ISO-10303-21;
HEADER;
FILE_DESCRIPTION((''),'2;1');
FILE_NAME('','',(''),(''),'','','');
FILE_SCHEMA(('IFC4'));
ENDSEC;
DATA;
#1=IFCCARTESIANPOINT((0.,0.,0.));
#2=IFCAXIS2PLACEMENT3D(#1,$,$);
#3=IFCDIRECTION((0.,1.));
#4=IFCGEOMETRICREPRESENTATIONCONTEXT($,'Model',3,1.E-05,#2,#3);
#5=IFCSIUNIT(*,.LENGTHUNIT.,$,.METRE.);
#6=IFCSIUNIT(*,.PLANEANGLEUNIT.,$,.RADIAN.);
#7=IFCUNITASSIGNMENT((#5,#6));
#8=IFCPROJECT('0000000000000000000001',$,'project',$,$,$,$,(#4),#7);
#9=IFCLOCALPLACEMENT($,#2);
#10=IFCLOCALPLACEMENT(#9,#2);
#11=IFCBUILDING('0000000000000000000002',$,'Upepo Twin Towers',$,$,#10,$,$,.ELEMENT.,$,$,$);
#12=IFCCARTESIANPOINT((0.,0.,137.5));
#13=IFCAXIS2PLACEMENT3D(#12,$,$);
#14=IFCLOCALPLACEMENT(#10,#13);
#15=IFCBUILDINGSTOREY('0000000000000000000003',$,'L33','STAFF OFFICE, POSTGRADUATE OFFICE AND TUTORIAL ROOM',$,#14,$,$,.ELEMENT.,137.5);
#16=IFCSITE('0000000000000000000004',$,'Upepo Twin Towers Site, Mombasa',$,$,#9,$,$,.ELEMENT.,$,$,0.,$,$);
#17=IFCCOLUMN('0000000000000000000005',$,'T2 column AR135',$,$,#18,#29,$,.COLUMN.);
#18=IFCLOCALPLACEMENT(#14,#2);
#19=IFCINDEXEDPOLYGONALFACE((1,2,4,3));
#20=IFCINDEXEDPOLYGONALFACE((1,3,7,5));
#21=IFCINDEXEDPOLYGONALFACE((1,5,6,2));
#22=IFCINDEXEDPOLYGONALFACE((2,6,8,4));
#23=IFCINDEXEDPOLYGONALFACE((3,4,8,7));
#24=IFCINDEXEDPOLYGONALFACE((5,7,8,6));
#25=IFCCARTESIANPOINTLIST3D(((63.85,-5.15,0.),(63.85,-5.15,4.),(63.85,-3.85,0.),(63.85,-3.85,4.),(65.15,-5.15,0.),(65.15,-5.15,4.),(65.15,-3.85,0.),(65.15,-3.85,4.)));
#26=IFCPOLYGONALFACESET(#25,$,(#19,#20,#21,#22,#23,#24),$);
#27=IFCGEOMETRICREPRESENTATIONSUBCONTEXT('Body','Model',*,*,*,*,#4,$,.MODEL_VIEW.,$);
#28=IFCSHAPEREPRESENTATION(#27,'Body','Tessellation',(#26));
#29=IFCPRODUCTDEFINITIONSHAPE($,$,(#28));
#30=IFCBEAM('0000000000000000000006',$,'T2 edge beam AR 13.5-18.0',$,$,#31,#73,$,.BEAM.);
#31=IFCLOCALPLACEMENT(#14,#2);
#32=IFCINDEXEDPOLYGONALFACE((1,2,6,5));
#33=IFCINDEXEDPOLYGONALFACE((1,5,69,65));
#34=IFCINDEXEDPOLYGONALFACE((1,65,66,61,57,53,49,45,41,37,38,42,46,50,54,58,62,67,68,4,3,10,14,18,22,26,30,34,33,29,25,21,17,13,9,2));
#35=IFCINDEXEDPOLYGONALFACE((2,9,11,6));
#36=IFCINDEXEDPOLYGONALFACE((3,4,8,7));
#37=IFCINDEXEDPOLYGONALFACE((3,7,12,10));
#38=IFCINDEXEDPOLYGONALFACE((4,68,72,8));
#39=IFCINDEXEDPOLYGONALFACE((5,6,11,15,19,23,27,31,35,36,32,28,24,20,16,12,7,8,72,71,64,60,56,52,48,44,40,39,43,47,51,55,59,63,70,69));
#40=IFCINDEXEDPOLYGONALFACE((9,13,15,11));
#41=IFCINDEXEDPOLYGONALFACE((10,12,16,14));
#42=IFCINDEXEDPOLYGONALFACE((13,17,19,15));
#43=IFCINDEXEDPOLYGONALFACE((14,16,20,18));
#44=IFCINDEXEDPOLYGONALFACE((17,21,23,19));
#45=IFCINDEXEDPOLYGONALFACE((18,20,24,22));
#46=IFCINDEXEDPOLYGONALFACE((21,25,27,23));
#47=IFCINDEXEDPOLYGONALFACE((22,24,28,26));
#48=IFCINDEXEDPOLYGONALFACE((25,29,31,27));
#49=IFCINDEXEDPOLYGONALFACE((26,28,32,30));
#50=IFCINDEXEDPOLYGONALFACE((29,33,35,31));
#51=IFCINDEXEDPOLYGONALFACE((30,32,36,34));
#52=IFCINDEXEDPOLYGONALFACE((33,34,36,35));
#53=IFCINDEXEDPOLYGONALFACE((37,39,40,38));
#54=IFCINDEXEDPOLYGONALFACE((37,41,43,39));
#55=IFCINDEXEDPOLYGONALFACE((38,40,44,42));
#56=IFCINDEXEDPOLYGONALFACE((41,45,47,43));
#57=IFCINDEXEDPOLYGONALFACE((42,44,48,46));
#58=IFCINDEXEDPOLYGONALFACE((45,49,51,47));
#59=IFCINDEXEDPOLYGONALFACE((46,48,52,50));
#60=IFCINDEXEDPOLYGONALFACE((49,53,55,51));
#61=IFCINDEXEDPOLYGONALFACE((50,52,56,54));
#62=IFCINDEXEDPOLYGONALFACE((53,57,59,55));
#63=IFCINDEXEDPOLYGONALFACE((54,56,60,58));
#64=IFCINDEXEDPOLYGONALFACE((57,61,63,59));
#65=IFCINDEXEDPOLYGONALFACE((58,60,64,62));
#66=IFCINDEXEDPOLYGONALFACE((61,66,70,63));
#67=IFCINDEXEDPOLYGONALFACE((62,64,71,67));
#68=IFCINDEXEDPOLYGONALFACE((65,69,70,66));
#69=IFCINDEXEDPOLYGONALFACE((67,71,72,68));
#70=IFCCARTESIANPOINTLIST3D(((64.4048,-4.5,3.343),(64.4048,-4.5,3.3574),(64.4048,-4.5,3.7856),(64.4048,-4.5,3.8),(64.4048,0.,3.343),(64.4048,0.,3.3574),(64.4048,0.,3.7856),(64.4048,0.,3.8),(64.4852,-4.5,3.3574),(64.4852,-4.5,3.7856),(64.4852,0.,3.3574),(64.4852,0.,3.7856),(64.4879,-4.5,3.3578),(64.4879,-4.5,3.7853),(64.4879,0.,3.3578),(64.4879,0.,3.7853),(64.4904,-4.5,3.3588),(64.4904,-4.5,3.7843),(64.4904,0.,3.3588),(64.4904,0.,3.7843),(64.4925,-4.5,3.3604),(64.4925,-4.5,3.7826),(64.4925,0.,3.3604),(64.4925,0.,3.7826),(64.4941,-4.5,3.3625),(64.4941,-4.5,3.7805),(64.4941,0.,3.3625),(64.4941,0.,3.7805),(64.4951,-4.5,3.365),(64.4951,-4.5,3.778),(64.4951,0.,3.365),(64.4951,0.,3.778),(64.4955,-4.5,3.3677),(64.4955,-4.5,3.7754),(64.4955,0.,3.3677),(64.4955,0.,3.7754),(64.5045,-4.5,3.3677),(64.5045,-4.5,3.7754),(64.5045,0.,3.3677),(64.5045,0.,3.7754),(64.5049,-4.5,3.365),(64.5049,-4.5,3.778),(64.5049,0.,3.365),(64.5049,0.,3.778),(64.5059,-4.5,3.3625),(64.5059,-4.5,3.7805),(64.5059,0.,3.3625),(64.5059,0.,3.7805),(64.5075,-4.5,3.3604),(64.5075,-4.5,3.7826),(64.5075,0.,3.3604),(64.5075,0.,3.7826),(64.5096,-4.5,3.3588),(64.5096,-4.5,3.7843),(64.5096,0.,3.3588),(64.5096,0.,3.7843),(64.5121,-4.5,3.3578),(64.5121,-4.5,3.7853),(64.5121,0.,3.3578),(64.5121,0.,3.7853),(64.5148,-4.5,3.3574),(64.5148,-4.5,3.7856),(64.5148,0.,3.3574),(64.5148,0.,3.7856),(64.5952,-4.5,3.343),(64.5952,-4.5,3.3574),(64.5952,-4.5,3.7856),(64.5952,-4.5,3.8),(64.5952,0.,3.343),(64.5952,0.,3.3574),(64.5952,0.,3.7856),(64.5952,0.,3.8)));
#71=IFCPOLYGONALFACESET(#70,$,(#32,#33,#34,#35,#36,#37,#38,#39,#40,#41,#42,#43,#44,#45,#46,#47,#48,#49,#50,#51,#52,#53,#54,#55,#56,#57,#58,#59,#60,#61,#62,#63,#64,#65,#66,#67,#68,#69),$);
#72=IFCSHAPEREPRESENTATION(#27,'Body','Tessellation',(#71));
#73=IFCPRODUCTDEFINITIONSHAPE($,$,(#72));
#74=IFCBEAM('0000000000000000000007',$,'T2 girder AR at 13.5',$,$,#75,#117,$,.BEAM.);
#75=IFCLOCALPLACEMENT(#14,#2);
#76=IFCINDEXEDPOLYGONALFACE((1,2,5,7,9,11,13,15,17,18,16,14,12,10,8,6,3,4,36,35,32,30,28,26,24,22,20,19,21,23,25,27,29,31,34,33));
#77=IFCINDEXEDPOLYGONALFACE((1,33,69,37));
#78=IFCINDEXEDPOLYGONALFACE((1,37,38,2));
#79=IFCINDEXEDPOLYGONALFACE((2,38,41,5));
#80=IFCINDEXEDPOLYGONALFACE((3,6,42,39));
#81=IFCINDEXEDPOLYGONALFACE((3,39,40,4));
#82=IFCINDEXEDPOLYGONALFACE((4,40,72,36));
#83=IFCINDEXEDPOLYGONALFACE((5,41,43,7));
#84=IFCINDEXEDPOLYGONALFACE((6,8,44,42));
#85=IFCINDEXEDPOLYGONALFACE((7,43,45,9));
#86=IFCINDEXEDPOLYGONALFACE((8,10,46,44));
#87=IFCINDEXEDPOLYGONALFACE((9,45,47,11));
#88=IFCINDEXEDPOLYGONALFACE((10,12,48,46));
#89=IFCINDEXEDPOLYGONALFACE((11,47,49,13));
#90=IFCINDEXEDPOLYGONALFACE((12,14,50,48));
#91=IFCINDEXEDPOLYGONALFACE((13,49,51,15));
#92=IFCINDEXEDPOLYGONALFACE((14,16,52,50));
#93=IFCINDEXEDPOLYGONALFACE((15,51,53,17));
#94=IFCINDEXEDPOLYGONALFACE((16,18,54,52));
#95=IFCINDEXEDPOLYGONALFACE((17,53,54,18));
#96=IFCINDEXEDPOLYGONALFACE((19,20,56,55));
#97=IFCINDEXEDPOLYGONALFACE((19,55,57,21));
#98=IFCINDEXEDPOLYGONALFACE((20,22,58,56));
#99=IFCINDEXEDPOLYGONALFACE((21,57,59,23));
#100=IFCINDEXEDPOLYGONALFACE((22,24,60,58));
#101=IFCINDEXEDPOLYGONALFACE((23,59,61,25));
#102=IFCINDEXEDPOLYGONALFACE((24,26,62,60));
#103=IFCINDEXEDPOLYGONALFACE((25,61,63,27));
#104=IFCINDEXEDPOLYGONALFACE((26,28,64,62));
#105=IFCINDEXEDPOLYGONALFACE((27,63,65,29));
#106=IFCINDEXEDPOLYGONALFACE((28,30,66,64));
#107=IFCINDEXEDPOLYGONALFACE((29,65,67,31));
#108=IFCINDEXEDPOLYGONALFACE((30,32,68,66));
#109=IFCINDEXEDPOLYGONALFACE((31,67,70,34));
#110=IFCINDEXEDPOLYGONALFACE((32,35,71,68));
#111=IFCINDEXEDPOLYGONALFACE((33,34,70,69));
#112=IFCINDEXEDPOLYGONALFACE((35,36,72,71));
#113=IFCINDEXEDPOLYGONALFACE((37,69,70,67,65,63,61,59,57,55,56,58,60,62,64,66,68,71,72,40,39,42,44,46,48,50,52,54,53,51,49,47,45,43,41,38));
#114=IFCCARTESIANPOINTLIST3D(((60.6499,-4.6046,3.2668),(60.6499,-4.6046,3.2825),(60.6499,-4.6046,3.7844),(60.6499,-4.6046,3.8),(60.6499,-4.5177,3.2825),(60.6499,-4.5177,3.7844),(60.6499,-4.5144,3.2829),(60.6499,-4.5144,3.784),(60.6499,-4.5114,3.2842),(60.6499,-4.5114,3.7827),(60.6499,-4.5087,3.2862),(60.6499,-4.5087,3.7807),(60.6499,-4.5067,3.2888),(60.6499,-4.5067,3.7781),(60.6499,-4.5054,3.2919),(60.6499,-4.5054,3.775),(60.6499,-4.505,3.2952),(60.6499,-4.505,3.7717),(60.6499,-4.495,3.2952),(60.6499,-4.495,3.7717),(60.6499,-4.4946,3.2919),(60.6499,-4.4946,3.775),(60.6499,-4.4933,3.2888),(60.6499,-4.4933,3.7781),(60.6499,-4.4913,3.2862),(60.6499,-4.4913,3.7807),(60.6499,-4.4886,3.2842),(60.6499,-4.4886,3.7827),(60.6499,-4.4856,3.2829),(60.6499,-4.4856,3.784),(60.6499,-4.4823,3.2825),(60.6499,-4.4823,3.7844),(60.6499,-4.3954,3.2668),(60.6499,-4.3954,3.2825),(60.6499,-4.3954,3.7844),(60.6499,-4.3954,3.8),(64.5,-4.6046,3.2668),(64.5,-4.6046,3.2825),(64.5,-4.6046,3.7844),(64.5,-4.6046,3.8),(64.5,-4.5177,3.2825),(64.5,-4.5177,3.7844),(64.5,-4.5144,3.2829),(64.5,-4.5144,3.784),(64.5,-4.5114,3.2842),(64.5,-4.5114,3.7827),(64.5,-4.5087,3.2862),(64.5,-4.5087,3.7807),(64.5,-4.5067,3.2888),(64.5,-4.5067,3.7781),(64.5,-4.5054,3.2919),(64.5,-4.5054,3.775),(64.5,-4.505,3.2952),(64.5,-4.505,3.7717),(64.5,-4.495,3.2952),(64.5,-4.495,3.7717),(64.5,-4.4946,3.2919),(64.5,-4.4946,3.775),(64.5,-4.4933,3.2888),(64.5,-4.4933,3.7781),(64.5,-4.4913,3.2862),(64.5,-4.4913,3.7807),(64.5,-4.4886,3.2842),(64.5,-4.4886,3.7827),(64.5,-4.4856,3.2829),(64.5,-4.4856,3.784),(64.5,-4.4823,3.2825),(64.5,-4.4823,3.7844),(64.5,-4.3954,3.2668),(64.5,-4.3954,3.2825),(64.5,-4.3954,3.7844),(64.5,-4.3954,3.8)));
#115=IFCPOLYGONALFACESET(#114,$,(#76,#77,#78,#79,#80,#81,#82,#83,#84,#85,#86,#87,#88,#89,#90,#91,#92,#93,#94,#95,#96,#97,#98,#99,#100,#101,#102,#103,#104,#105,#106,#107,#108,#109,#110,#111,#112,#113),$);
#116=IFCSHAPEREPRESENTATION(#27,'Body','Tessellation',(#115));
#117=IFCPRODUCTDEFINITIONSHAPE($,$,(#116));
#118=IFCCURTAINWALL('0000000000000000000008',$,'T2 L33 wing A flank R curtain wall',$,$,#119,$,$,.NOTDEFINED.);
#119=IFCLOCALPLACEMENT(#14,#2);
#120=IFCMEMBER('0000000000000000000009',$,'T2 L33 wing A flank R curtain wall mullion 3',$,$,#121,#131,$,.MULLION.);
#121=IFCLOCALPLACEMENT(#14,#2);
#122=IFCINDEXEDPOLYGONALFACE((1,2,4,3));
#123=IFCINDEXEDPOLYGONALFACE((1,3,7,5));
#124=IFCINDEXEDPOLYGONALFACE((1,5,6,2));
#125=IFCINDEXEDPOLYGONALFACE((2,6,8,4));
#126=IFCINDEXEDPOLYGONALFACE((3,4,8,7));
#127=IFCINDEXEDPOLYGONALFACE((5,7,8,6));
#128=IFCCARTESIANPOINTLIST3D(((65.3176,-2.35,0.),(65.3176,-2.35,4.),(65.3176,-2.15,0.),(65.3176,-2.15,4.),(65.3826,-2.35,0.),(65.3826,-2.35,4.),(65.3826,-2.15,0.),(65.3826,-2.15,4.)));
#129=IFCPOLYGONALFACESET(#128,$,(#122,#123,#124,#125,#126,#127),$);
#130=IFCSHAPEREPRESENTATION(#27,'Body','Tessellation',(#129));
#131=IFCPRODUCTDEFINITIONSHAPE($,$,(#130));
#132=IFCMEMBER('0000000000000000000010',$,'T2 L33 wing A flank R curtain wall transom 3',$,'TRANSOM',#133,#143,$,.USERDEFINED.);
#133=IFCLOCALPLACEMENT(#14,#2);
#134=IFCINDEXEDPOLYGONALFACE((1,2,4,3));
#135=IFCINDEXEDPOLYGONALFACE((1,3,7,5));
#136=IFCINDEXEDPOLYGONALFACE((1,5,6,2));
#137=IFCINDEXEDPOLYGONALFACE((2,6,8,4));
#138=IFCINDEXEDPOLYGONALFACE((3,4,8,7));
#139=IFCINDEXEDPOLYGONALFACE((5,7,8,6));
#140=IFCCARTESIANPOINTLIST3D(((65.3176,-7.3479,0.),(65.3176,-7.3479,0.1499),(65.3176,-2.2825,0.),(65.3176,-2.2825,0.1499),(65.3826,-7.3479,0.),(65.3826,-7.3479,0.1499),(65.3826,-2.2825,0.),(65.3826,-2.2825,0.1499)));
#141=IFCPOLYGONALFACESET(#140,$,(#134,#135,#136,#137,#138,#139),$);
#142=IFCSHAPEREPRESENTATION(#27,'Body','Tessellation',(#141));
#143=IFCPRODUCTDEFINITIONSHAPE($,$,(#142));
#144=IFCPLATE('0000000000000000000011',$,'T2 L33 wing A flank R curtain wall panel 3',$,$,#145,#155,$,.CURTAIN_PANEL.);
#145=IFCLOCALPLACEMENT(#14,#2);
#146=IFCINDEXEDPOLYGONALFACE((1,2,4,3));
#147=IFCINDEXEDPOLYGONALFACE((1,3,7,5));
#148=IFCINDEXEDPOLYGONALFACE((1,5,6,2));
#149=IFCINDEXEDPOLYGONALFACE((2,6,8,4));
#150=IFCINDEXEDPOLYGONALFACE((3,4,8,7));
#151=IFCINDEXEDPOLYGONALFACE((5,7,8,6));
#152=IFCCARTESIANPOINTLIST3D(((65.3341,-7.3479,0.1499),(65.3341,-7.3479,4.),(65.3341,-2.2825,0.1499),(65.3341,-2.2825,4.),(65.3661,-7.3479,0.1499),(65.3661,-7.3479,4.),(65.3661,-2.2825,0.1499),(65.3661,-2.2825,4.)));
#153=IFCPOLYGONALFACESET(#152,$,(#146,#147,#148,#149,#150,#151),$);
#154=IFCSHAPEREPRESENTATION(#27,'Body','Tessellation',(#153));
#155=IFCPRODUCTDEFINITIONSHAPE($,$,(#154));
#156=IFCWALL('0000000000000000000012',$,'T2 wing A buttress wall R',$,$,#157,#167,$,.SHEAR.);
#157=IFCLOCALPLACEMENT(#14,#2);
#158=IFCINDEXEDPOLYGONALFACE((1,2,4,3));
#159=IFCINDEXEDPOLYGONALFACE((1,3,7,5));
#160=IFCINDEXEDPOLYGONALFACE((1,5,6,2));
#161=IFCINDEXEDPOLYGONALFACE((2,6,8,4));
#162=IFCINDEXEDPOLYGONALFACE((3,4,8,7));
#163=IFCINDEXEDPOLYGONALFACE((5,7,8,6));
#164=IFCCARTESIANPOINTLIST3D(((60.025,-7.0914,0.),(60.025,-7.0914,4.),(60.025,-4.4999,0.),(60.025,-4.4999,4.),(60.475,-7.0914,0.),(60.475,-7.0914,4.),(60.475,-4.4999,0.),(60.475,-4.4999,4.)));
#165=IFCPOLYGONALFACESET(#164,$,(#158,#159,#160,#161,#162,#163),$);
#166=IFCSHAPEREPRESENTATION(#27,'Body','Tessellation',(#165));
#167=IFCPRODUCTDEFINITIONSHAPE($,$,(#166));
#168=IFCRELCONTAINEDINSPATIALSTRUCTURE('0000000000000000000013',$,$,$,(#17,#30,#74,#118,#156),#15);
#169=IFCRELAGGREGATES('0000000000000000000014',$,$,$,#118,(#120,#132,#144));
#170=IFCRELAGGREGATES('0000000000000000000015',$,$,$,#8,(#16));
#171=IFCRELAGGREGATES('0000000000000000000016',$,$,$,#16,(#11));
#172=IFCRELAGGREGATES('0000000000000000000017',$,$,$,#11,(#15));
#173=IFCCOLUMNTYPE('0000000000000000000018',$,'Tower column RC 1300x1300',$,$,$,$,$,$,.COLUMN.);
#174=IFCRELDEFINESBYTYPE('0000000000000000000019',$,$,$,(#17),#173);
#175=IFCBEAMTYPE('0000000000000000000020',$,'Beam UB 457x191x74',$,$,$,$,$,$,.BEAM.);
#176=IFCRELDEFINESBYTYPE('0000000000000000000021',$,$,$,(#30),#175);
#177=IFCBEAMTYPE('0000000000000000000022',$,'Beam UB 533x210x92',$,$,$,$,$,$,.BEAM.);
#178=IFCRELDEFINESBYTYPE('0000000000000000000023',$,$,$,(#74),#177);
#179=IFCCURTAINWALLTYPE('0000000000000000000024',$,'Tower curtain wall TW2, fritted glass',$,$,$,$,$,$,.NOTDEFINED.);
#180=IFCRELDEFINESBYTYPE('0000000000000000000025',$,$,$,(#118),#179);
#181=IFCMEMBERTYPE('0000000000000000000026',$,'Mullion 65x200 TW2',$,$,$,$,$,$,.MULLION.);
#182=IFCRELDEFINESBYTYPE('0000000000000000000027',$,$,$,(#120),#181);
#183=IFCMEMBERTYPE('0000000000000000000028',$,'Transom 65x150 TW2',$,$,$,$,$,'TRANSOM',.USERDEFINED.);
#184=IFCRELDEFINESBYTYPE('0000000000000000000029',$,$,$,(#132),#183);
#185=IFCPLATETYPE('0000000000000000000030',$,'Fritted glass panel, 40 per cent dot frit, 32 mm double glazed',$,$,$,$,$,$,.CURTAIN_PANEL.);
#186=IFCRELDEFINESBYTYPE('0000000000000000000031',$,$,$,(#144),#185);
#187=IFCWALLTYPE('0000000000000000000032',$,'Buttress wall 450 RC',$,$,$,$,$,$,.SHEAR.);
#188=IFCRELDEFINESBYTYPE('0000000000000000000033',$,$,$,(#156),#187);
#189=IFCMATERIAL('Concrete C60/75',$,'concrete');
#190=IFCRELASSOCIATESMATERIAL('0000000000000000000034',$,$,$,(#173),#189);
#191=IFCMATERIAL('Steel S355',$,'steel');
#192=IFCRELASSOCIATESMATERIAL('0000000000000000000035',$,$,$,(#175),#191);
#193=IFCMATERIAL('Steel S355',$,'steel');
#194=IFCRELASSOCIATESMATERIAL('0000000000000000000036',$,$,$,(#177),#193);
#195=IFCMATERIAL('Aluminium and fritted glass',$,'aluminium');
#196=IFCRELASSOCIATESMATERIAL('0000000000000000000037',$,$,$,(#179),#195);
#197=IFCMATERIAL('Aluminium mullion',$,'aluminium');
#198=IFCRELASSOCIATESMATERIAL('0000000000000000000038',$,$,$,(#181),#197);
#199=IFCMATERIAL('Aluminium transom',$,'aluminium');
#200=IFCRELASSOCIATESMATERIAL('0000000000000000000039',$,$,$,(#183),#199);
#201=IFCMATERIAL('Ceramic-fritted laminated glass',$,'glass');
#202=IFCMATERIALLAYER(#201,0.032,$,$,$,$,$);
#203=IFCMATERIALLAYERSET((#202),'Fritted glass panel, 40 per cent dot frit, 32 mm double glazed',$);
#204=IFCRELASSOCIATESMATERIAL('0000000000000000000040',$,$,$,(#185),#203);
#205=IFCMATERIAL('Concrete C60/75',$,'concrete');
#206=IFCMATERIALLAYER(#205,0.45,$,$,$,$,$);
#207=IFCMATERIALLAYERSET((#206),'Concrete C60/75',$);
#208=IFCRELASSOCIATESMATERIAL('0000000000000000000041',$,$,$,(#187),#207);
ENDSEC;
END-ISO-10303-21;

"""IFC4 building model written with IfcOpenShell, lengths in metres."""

from ifc_helpers import new_model, si_unit, direction, frame, frame_2d, origin, origin_2d, place, context, subcontext, project, spatial, rectangle, i_section, extrude, material, layer, layer_set, material_profile, profile_set, type_object, element, aggregate, save


model = new_model("IFC4")

# Units and contexts
model_context = context("Model", 3, precision=1e-05, world=origin(), true_north=direction((0.0, 1.0)))
body_context = subcontext(model_context, "Body", "Model", "MODEL_VIEW")
ifc_project = project(units=[si_unit("LENGTHUNIT", "METRE"), si_unit("PLANEANGLEUNIT", "RADIAN")], contexts=[model_context])

# Site, building, storey
site_placement = place(None, origin())
site = spatial("IfcSite", under=ifc_project, at=site_placement, Name="Upepo Twin Towers Site, Mombasa", CompositionType="ELEMENT", RefElevation=0.0)
building_placement = place(site_placement, origin())
building = spatial("IfcBuilding", under=site, at=building_placement, Name="Upepo Twin Towers", CompositionType="ELEMENT")
storey_placement = place(building_placement, frame((0.0, 0.0, 137.5)))
storey = spatial("IfcBuildingStorey", under=building, at=storey_placement, Name="L33", Description="STAFF OFFICE, POSTGRADUATE OFFICE AND TUTORIAL ROOM", CompositionType="ELEMENT", Elevation=137.5)

# Column
ifc_material_1 = material(Name="Concrete C60/75", Category="concrete")
ifc_material_profile_1 = material_profile(ifc_material_1, rectangle(XDim=1.3, YDim=1.3, at=origin_2d()), Name="RC 1300x1300")
ifc_profile_set_1 = profile_set([ifc_material_profile_1], Name="Concrete C60/75")
column_type = type_object("IfcColumnType", Name="Tower column RC 1300x1300", PredefinedType="COLUMN", material=ifc_profile_set_1)
column_placement = place(storey_placement, frame((64.5, -4.5, 0.0), z_axis=(0.0, 0.0, 1.0), x_axis=(1.0, 0.0, 0.0)))
element("IfcColumn", 1, at=column_placement, inside=storey, type_object=column_type, Name="T2 column AR135", PredefinedType="COLUMN", context=body_context, shape_type="SweptSolid", body=[
    extrude(rectangle(XDim=1.3, YDim=1.3, at=origin_2d()), origin(), (0.0, 0.0, 1.0), 4.0),
])

# Beams
ifc_material_2 = material(Name="Steel S355", Category="steel")
ifc_material_profile_2 = material_profile(ifc_material_2, i_section(OverallWidth=0.1904, OverallDepth=0.457, WebThickness=0.009, FlangeThickness=0.0144, FilletRadius=0.0103, at=origin_2d()), Name="UB 457x191x74")
ifc_profile_set_2 = profile_set([ifc_material_profile_2], Name="Steel S355")
beam_type_1 = type_object("IfcBeamType", Name="Beam UB 457x191x74", PredefinedType="BEAM", material=ifc_profile_set_2)
beam_1_placement = place(storey_placement, frame((64.5, -4.5, 3.5715), z_axis=(0.0, 1.0, 0.0), x_axis=(-1.0, 0.0, 0.0)))
element("IfcBeam", 2, at=beam_1_placement, inside=storey, type_object=beam_type_1, Name="T2 edge beam AR 13.5-18.0", PredefinedType="BEAM", context=body_context, shape_type="SweptSolid", body=[
    extrude(i_section(OverallWidth=0.1904, OverallDepth=0.457, WebThickness=0.009, FlangeThickness=0.0144, FilletRadius=0.0103, at=origin_2d()), origin(), (0.0, 0.0, 1.0), 4.5),
])
ifc_material_3 = material(Name="Steel S355", Category="steel")
ifc_material_profile_3 = material_profile(ifc_material_3, i_section(OverallWidth=0.2092, OverallDepth=0.5332, WebThickness=0.01, FlangeThickness=0.0156, FilletRadius=0.0127, at=origin_2d()), Name="UB 533x210x92")
ifc_profile_set_3 = profile_set([ifc_material_profile_3], Name="Steel S355")
beam_type_2 = type_object("IfcBeamType", Name="Beam UB 533x210x92", PredefinedType="BEAM", material=ifc_profile_set_3)
beam_2_placement = place(storey_placement, frame((64.5, -4.5, 3.5334), z_axis=(-1.0, 0.0, 0.0), x_axis=(0.0, -1.0, 0.0)))
element("IfcBeam", 3, at=beam_2_placement, inside=storey, type_object=beam_type_2, Name="T2 girder AR at 13.5", PredefinedType="BEAM", context=body_context, shape_type="SweptSolid", body=[
    extrude(i_section(OverallWidth=0.2092, OverallDepth=0.5332, WebThickness=0.01, FlangeThickness=0.0156, FilletRadius=0.0127, at=origin_2d()), origin(), (0.0, 0.0, 1.0), 3.8501),
])

# Curtain wall, members, plate
ifc_material_4 = material(Name="Aluminium and fritted glass", Category="aluminium")
curtain_wall_type = type_object("IfcCurtainWallType", Name="Tower curtain wall TW2, fritted glass", PredefinedType="NOTDEFINED", material=ifc_material_4)
curtain_wall_placement = place(storey_placement, origin())
curtain_wall = element("IfcCurtainWall", 4, at=curtain_wall_placement, inside=storey, type_object=curtain_wall_type, Name="T2 L33 wing A flank R curtain wall", PredefinedType="NOTDEFINED")
ifc_material_5 = material(Name="Aluminium mullion", Category="aluminium")
ifc_material_profile_4 = material_profile(ifc_material_5, rectangle(XDim=0.0649, YDim=0.2, at=origin_2d()), Name="MULLION 65x200")
ifc_profile_set_4 = profile_set([ifc_material_profile_4], Name="Aluminium mullion")
member_type_1 = type_object("IfcMemberType", Name="Mullion 65x200 TW2", PredefinedType="MULLION", material=ifc_profile_set_4)
member_1_placement = place(storey_placement, frame((65.3501, -2.25, 0.0), z_axis=(0.0, 0.0, 1.0), x_axis=(1.0, 0.0, 0.0)))
member_1 = element("IfcMember", 5, at=member_1_placement, type_object=member_type_1, Name="T2 L33 wing A flank R curtain wall mullion 3", PredefinedType="MULLION", context=body_context, shape_type="SweptSolid", body=[
    extrude(rectangle(XDim=0.0649, YDim=0.2, at=origin_2d()), origin(), (0.0, 0.0, 1.0), 4.0),
])
ifc_material_6 = material(Name="Aluminium transom", Category="aluminium")
ifc_material_profile_5 = material_profile(ifc_material_6, rectangle(XDim=0.0649, YDim=0.1499, at=origin_2d()), Name="TRANSOM 65x150")
ifc_profile_set_5 = profile_set([ifc_material_profile_5], Name="Aluminium transom")
member_type_2 = type_object("IfcMemberType", Name="Transom 65x150 TW2", ElementType="TRANSOM", PredefinedType="USERDEFINED", material=ifc_profile_set_5)
member_2_placement = place(storey_placement, frame((65.3501, -2.2825, 0.075), z_axis=(0.0, -1.0, 0.0), x_axis=(1.0, 0.0, 0.0)))
member_2 = element("IfcMember", 6, at=member_2_placement, type_object=member_type_2, Name="T2 L33 wing A flank R curtain wall transom 3", ObjectType="TRANSOM", PredefinedType="USERDEFINED", context=body_context, shape_type="SweptSolid", body=[
    extrude(rectangle(XDim=0.0649, YDim=0.1499, at=origin_2d()), origin(), (0.0, 0.0, 1.0), 5.0654),
])
ifc_material_7 = material(Name="Ceramic-fritted laminated glass", Category="glass")
ifc_layer_1 = layer(ifc_material_7, 0.032)
ifc_layer_set_1 = layer_set([ifc_layer_1], Name="Fritted glass panel, 40 per cent dot frit, 32 mm double glazed")
plate_type = type_object("IfcPlateType", Name="Fritted glass panel, 40 per cent dot frit, 32 mm double glazed", PredefinedType="CURTAIN_PANEL", material=ifc_layer_set_1)
plate_placement = place(storey_placement, frame((65.3501, -4.8152, 0.1499), z_axis=(0.0, 0.0, 1.0), x_axis=(0.0, -1.0, 0.0)))
plate = element("IfcPlate", 7, at=plate_placement, type_object=plate_type, Name="T2 L33 wing A flank R curtain wall panel 3", PredefinedType="CURTAIN_PANEL", context=body_context, shape_type="SweptSolid", body=[
    extrude(rectangle(XDim=5.0654, YDim=0.032, at=origin_2d()), origin(), (0.0, 0.0, 1.0), 3.8501),
])
aggregate(curtain_wall, [member_1, member_2, plate])

# Wall
ifc_material_8 = material(Name="Concrete C60/75", Category="concrete")
ifc_layer_2 = layer(ifc_material_8, 0.45)
ifc_layer_set_2 = layer_set([ifc_layer_2], Name="Concrete C60/75")
wall_type_1 = type_object("IfcWallType", Name="Buttress wall 450 RC", PredefinedType="SHEAR", material=ifc_layer_set_2)
wall_1_placement = place(storey_placement, frame((60.25, -7.0916, 0.0), z_axis=(0.0, 0.0, 1.0), x_axis=(0.0, 1.0, 0.0)))
element("IfcWall", 8, at=wall_1_placement, inside=storey, type_object=wall_type_1, Name="T2 wing A buttress wall R", PredefinedType="SHEAR", context=body_context, shape_type="SweptSolid", body=[
    extrude(rectangle(XDim=2.5916, YDim=0.45, at=frame_2d((1.2959, 0.0))), origin(), (0.0, 0.0, 1.0), 4.0),
])

save(model, "model.ifc")
